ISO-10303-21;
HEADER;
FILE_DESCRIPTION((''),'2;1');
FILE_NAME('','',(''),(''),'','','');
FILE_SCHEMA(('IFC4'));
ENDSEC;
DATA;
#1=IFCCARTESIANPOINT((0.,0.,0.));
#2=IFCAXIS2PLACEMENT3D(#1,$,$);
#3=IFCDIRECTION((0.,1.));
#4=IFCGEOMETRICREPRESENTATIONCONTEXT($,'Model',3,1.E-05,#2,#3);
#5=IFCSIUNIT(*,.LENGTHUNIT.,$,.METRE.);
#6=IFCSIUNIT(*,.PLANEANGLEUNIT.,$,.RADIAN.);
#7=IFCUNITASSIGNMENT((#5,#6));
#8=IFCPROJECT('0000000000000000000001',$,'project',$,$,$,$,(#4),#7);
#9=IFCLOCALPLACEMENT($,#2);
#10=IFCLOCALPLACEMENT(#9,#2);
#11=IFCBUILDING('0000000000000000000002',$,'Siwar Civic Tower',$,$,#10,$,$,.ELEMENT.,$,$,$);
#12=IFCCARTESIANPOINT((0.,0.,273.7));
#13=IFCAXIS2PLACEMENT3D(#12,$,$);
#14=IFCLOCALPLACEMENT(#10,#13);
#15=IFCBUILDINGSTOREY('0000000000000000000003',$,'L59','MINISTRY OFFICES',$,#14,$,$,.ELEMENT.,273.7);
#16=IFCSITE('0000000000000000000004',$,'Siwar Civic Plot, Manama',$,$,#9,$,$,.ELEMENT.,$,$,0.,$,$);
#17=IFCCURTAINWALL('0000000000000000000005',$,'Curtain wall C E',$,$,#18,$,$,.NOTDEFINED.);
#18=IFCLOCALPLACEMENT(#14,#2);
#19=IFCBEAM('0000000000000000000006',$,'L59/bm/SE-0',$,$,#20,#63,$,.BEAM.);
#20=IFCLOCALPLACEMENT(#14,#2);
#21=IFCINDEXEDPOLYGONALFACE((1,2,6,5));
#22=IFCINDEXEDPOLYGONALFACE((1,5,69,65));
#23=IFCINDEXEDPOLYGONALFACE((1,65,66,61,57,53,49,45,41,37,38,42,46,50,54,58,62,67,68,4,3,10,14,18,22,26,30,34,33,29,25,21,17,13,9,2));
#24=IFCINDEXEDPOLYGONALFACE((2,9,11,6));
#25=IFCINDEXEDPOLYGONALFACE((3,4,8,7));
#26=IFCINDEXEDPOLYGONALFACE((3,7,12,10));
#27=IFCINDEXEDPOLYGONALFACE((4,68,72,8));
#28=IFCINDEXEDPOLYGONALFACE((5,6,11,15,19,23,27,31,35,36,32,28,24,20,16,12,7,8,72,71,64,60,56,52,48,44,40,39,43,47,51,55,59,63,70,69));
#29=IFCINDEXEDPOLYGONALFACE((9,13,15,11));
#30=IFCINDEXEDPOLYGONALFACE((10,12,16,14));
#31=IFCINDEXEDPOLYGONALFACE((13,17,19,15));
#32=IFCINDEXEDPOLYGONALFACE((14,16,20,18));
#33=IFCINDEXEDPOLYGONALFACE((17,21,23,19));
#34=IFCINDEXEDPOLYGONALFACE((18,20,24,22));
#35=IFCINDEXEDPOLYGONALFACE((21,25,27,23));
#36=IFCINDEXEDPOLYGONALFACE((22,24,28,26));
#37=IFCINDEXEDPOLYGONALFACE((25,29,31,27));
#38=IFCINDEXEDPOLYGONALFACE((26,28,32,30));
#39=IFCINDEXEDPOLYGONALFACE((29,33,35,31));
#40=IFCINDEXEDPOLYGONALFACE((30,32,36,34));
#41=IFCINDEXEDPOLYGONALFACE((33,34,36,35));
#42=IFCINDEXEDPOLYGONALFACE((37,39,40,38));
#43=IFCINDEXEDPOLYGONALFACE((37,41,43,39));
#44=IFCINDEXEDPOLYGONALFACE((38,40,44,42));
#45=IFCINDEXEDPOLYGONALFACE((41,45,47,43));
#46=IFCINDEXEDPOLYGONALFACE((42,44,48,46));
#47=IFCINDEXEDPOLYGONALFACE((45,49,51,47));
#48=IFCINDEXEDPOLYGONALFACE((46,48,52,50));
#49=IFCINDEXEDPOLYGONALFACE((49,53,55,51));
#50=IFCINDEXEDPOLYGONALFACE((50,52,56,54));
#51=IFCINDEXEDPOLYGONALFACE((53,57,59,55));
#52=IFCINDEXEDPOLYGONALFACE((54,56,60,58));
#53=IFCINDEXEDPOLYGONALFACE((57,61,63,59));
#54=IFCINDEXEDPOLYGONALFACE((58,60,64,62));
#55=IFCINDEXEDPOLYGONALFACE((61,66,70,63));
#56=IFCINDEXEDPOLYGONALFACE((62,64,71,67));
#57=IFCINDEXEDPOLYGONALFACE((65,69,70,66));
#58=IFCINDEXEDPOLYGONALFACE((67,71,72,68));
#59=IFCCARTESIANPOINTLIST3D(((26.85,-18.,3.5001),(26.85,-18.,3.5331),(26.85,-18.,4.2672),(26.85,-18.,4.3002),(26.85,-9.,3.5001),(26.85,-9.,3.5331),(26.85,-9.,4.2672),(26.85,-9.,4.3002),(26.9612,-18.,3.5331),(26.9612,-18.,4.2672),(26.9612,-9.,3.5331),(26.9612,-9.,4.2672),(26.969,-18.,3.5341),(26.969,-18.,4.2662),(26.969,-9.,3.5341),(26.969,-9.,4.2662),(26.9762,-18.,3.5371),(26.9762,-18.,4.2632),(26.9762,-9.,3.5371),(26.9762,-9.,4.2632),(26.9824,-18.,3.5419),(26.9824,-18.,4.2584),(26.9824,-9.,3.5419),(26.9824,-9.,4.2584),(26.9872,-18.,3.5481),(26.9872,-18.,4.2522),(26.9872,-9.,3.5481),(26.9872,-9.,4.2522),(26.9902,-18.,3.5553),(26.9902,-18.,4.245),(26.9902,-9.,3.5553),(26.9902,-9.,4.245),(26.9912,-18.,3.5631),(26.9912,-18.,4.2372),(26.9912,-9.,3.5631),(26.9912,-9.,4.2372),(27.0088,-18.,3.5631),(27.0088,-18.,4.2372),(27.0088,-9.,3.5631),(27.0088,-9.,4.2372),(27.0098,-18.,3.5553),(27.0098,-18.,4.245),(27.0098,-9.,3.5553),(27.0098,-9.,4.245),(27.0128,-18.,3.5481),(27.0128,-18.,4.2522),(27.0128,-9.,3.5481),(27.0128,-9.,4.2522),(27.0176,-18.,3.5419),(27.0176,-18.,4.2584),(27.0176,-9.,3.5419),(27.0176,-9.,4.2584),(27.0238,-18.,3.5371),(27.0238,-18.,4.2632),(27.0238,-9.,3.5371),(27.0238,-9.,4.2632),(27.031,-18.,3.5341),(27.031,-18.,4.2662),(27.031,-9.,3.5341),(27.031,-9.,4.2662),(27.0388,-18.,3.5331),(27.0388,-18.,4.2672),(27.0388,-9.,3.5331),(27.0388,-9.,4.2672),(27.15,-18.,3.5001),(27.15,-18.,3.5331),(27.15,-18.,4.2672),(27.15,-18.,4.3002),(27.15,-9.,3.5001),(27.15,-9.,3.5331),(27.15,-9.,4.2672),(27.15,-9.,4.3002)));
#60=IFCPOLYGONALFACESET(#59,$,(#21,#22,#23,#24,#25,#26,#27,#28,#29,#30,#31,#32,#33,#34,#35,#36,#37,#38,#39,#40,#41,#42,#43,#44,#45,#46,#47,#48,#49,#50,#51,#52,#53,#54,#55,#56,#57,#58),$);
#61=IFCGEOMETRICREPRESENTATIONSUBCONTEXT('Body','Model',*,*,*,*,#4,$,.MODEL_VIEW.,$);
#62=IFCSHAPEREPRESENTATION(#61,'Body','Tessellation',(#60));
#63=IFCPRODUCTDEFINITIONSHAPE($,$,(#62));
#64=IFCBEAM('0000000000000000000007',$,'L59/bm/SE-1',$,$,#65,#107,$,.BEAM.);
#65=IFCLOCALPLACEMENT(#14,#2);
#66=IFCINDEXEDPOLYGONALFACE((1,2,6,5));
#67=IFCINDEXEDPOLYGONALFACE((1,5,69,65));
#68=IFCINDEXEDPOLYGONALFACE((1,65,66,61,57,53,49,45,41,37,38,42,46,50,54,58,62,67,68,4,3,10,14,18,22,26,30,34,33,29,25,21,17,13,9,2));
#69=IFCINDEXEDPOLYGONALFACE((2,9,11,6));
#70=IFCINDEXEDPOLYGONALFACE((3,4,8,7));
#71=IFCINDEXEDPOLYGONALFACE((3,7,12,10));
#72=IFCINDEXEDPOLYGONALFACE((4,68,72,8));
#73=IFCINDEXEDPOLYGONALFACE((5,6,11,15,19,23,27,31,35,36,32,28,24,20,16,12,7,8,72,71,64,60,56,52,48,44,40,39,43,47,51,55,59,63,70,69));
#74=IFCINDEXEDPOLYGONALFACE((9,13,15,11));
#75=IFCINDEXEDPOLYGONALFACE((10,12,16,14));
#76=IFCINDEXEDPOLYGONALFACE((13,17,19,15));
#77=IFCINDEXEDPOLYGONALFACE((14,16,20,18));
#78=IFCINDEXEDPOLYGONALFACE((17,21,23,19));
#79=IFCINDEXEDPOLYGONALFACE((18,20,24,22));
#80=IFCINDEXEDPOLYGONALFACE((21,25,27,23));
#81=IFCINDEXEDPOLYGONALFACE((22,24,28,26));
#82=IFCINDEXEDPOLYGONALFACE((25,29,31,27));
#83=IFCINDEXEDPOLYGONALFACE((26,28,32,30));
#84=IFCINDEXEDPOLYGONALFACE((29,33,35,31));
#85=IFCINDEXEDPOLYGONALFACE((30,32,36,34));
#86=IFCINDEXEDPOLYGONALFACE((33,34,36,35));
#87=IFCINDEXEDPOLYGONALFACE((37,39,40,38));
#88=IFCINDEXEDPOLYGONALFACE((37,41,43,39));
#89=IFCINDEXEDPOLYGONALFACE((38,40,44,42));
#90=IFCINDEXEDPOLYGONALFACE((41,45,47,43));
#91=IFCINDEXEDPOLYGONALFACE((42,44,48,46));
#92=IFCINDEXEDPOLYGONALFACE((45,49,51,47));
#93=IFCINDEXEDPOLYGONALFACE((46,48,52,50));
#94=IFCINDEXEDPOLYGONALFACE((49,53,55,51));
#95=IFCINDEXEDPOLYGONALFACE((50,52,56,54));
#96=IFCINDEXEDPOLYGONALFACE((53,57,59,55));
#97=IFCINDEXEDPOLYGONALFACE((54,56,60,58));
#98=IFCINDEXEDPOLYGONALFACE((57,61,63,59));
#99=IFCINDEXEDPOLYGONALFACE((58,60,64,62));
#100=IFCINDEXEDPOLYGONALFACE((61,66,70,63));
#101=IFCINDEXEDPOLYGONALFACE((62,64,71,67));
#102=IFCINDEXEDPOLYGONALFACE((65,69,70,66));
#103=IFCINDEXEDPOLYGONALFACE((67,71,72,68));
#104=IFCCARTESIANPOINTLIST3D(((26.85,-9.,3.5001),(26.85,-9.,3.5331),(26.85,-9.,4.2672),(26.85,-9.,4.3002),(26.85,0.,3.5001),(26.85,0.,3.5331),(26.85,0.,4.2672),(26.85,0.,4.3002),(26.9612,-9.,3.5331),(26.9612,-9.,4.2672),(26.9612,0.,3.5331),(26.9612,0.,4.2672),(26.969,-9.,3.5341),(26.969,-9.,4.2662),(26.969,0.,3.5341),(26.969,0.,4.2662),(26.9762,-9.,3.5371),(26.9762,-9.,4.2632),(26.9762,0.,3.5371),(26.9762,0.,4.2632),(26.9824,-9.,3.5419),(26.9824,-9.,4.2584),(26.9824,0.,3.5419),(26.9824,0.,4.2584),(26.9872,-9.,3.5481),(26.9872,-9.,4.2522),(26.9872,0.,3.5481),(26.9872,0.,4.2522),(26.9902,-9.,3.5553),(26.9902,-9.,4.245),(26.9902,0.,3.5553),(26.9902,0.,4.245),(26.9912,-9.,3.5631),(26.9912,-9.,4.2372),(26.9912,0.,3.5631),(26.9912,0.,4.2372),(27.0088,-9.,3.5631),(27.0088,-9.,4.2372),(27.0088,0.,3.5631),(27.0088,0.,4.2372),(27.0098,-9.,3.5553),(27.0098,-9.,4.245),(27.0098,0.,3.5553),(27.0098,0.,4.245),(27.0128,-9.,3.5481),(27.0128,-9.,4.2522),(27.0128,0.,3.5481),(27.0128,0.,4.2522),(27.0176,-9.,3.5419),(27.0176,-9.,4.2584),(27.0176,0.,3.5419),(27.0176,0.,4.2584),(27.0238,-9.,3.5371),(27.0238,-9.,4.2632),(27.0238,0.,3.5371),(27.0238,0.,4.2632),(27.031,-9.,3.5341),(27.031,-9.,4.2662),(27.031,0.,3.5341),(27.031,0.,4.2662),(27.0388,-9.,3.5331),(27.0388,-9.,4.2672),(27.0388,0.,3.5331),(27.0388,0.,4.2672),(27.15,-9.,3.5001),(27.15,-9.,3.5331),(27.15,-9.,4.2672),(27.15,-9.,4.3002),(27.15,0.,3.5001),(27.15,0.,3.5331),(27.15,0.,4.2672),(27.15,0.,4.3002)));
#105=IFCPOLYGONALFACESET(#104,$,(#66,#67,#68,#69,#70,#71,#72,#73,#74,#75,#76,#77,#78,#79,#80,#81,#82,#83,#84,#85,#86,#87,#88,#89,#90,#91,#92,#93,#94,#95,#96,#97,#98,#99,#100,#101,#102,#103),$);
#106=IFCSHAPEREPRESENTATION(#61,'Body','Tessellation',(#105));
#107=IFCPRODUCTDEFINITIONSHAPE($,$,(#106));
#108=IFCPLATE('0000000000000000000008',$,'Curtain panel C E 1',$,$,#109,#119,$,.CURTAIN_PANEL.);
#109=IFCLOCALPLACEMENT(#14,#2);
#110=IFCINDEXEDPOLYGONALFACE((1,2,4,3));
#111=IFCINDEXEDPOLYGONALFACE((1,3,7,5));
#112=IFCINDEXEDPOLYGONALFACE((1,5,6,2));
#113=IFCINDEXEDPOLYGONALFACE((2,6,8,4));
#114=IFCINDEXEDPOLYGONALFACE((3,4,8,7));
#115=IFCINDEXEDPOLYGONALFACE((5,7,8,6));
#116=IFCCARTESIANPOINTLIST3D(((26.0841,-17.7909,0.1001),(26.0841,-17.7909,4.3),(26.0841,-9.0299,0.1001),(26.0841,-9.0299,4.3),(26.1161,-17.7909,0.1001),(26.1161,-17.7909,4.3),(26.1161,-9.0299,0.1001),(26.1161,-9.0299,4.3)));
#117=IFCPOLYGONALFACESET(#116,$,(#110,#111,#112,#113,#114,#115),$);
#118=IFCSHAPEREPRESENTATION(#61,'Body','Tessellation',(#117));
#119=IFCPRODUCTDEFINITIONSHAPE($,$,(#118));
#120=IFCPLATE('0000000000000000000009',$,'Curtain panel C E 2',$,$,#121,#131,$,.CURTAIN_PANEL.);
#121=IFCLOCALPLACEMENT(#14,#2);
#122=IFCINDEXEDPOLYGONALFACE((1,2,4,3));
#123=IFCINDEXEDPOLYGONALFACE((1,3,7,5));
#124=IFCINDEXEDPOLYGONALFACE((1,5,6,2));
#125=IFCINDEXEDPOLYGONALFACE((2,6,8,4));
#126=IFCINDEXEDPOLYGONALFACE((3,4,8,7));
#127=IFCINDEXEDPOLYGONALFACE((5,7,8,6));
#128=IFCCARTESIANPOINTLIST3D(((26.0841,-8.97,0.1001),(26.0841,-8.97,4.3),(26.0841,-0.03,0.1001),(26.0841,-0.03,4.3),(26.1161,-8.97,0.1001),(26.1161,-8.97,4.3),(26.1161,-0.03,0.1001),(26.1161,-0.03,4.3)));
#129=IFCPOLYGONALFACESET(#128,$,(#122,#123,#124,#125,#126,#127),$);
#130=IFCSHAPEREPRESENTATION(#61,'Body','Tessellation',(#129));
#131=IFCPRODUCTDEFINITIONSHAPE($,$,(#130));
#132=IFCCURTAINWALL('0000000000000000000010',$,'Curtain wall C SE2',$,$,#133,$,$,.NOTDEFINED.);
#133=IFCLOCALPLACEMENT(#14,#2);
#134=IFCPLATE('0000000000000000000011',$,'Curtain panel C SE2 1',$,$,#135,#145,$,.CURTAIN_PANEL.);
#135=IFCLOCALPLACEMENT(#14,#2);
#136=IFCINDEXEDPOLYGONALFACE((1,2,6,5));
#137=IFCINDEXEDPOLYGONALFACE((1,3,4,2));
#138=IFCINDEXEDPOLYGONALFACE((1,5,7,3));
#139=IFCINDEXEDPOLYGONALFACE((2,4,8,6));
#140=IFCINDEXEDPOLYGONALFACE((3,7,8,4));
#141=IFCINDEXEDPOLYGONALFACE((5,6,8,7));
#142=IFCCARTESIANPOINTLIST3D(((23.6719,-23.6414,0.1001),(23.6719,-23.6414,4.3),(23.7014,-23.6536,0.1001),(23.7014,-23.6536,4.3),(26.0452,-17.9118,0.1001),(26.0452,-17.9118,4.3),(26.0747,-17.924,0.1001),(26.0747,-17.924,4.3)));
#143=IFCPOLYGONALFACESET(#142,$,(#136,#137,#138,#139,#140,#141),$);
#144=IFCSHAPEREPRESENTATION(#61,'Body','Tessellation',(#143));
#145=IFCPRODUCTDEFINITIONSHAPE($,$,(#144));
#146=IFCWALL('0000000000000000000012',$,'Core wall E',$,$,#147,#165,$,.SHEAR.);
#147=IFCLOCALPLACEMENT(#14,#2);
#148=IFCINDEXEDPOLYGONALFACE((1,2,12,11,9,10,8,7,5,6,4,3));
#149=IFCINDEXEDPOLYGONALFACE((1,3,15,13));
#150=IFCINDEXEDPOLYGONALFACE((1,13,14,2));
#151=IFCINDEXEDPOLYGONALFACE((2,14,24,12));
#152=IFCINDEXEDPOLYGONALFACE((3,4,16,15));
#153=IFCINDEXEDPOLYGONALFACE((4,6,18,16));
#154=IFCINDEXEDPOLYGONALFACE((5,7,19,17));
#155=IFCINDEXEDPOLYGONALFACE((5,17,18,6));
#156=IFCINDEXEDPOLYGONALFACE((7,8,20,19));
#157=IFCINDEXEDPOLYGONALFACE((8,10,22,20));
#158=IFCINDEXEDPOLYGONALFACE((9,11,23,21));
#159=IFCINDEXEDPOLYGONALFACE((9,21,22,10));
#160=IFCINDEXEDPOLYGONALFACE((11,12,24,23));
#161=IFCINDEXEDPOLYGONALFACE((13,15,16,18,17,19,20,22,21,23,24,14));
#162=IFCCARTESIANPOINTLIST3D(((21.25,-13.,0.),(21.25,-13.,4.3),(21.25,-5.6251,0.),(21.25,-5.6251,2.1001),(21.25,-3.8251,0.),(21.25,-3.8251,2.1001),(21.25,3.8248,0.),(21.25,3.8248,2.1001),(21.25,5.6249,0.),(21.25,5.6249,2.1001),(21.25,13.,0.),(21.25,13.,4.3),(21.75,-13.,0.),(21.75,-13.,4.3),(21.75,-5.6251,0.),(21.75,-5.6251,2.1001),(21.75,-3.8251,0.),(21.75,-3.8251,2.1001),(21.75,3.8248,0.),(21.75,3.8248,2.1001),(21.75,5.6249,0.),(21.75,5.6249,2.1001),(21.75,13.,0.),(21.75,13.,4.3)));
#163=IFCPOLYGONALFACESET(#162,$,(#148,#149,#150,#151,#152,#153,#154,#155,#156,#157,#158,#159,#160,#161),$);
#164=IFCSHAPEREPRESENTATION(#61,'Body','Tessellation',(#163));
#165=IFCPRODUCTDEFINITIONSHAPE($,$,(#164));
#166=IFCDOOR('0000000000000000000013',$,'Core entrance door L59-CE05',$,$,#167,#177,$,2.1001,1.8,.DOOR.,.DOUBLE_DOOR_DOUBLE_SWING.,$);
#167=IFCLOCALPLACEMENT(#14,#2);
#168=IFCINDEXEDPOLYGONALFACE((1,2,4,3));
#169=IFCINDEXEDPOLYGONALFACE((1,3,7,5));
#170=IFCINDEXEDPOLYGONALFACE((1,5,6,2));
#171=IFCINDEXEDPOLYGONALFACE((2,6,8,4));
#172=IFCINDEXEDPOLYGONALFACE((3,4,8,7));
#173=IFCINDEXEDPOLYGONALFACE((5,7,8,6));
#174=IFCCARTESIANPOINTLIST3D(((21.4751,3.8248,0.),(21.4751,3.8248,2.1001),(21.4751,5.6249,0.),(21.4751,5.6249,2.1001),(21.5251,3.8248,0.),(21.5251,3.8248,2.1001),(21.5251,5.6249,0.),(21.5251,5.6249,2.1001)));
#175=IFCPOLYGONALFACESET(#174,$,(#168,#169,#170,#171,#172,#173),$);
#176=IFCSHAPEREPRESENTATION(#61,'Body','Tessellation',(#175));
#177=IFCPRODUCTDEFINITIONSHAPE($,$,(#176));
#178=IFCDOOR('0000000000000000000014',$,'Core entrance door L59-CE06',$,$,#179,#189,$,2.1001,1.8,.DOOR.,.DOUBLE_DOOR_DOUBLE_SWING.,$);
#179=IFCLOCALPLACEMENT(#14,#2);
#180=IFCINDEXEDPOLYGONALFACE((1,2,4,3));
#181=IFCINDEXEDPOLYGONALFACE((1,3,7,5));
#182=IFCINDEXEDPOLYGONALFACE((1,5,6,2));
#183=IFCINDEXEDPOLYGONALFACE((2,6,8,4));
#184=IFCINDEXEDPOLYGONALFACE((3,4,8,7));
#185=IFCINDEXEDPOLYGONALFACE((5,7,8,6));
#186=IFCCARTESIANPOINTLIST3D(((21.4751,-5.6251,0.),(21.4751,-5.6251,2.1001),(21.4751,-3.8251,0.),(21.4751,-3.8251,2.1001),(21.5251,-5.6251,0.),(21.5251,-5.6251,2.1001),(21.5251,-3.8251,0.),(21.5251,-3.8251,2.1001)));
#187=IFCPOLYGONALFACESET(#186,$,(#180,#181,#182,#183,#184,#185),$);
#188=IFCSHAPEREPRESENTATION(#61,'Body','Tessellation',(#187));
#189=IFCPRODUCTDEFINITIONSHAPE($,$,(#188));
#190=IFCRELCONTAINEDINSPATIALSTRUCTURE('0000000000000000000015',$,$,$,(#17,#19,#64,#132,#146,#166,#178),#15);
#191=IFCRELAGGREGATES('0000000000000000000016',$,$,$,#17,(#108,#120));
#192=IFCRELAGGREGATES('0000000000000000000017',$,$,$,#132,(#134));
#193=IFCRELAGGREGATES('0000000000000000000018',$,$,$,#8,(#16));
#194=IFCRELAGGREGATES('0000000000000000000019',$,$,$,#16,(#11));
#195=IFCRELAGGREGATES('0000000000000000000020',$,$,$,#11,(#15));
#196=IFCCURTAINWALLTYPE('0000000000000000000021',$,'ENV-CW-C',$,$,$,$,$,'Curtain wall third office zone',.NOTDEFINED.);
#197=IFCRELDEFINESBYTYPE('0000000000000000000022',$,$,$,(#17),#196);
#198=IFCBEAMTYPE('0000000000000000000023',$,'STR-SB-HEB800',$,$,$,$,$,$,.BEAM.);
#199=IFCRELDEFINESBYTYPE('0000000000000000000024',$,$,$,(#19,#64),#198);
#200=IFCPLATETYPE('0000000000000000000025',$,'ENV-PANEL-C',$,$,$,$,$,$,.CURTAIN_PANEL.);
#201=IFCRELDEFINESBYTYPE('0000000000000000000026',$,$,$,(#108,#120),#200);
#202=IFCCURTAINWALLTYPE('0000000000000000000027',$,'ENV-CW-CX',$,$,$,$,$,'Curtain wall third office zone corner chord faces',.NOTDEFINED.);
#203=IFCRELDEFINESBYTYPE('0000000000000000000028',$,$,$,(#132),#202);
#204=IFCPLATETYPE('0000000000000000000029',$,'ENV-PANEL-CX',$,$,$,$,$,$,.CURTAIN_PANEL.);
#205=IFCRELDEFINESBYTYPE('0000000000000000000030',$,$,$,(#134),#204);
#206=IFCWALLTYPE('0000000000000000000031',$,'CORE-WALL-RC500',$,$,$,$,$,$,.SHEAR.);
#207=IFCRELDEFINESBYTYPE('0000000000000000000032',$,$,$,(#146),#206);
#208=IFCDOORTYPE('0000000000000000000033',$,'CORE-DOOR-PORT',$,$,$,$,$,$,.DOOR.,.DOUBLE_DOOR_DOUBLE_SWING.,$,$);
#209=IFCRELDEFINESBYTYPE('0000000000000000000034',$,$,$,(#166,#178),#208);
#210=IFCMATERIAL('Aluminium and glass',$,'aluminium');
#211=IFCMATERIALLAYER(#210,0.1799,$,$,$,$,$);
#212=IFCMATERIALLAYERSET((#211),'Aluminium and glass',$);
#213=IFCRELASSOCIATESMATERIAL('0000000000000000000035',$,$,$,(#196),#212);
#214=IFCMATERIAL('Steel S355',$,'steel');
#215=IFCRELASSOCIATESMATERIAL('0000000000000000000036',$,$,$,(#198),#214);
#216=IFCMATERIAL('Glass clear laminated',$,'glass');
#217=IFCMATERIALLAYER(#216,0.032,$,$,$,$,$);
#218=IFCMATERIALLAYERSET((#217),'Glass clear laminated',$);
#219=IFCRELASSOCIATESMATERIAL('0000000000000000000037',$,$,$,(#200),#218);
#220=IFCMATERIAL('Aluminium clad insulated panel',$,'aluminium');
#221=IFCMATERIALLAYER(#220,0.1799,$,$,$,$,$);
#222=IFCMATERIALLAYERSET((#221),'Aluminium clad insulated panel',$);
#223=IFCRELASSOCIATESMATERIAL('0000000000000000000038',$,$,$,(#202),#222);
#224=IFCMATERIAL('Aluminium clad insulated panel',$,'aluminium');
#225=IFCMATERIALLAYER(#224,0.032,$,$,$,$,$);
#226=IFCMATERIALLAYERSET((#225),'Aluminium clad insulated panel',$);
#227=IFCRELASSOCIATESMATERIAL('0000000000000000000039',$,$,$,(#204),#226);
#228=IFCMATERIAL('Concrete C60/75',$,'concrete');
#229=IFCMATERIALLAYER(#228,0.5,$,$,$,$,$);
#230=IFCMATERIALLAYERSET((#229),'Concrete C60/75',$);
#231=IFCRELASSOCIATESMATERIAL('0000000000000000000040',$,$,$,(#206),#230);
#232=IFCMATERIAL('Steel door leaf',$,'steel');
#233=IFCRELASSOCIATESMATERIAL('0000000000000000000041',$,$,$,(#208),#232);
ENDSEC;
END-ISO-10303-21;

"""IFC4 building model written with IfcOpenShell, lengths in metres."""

from ifc_helpers import new_model, si_unit, direction, frame, frame_2d, origin, origin_2d, place, context, subcontext, project, spatial, rectangle, i_section, extrude, material, layer, layer_set, material_profile, profile_set, type_object, element, fill, aggregate, save


model = new_model("IFC4")

# Units and contexts
model_context = context("Model", 3, precision=1e-05, world=origin(), true_north=direction((0.0, 1.0)))
body_context = subcontext(model_context, "Body", "Model", "MODEL_VIEW")
ifc_project = project(units=[si_unit("LENGTHUNIT", "METRE"), si_unit("PLANEANGLEUNIT", "RADIAN")], contexts=[model_context])

# Site, building, storey
site_placement = place(None, origin())
site = spatial("IfcSite", under=ifc_project, at=site_placement, Name="Siwar Civic Plot, Manama", CompositionType="ELEMENT", RefElevation=0.0)
building_placement = place(site_placement, origin())
building = spatial("IfcBuilding", under=site, at=building_placement, Name="Siwar Civic Tower", CompositionType="ELEMENT")
storey_placement = place(building_placement, frame((0.0, 0.0, 273.7)))
storey = spatial("IfcBuildingStorey", under=building, at=storey_placement, Name="L59", Description="MINISTRY OFFICES", CompositionType="ELEMENT", Elevation=273.7)

# Curtain wall
ifc_material_1 = material(Name="Aluminium and glass", Category="aluminium")
ifc_layer_1 = layer(ifc_material_1, 0.1799)
ifc_layer_set_1 = layer_set([ifc_layer_1], Name="Aluminium and glass")
curtain_wall_type_1 = type_object("IfcCurtainWallType", Name="ENV-CW-C", ElementType="Curtain wall third office zone", PredefinedType="NOTDEFINED", material=ifc_layer_set_1)
curtain_wall_1_placement = place(storey_placement, origin())
curtain_wall_1 = element("IfcCurtainWall", 1, at=curtain_wall_1_placement, inside=storey, type_object=curtain_wall_type_1, Name="Curtain wall C E", PredefinedType="NOTDEFINED")

# Beams
ifc_material_2 = material(Name="Steel S355", Category="steel")
ifc_material_profile_1 = material_profile(ifc_material_2, i_section(OverallWidth=0.3, OverallDepth=0.8, WebThickness=0.0176, FlangeThickness=0.033, FilletRadius=0.03, at=origin_2d()), Name="HEB800")
ifc_profile_set_1 = profile_set([ifc_material_profile_1], Name="Steel S355")
beam_type_1 = type_object("IfcBeamType", Name="STR-SB-HEB800", PredefinedType="BEAM", material=ifc_profile_set_1)
for number, where, z_axis, x_axis, name in (
    (2, (27.0, -18.0, 3.9001), (0.0, 1.0, 0.0), (-1.0, 0.0, 0.0), "L59/bm/SE-0"),
    (3, (27.0, -9.0, 3.9001), (0.0, 1.0, 0.0), (-1.0, 0.0, 0.0), "L59/bm/SE-1"),
):
    element("IfcBeam", number, at=place(storey_placement, frame(where, z_axis=z_axis, x_axis=x_axis)), inside=storey, type_object=beam_type_1, Name=name, PredefinedType="BEAM", context=body_context, shape_type="SweptSolid", body=[
        extrude(i_section(OverallWidth=0.3, OverallDepth=0.8, WebThickness=0.0176, FlangeThickness=0.033, FilletRadius=0.03, at=origin_2d()), origin(), (0.0, 0.0, 1.0), 9.0),
    ])

# Plates
ifc_material_3 = material(Name="Glass clear laminated", Category="glass")
ifc_layer_2 = layer(ifc_material_3, 0.032)
ifc_layer_set_2 = layer_set([ifc_layer_2], Name="Glass clear laminated")
plate_type_1 = type_object("IfcPlateType", Name="ENV-PANEL-C", PredefinedType="CURTAIN_PANEL", material=ifc_layer_set_2)
plate_1_placement = place(storey_placement, frame((26.1001, -13.4104, 0.1001), z_axis=(0.0, 0.0, 1.0), x_axis=(0.0, 1.0, 0.0)))
plate_1 = element("IfcPlate", 4, at=plate_1_placement, type_object=plate_type_1, Name="Curtain panel C E 1", PredefinedType="CURTAIN_PANEL", context=body_context, shape_type="SweptSolid", body=[
    extrude(rectangle(XDim=8.761, YDim=0.032, at=origin_2d()), origin(), (0.0, 0.0, 1.0), 4.2),
])
plate_2_placement = place(storey_placement, frame((26.1001, -4.5, 0.1001), z_axis=(0.0, 0.0, 1.0), x_axis=(0.0, 1.0, 0.0)))
plate_2 = element("IfcPlate", 5, at=plate_2_placement, type_object=plate_type_1, Name="Curtain panel C E 2", PredefinedType="CURTAIN_PANEL", context=body_context, shape_type="SweptSolid", body=[
    extrude(rectangle(XDim=8.9399, YDim=0.032, at=origin_2d()), origin(), (0.0, 0.0, 1.0), 4.2),
])
aggregate(curtain_wall_1, [plate_1, plate_2])

# Curtain wall, plate
ifc_material_4 = material(Name="Aluminium clad insulated panel", Category="aluminium")
ifc_layer_3 = layer(ifc_material_4, 0.1799)
ifc_layer_set_3 = layer_set([ifc_layer_3], Name="Aluminium clad insulated panel")
curtain_wall_type_2 = type_object("IfcCurtainWallType", Name="ENV-CW-CX", ElementType="Curtain wall third office zone corner chord faces", PredefinedType="NOTDEFINED", material=ifc_layer_set_3)
curtain_wall_2_placement = place(storey_placement, origin())
curtain_wall_2 = element("IfcCurtainWall", 6, at=curtain_wall_2_placement, inside=storey, type_object=curtain_wall_type_2, Name="Curtain wall C SE2", PredefinedType="NOTDEFINED")
ifc_material_5 = material(Name="Aluminium clad insulated panel", Category="aluminium")
ifc_layer_4 = layer(ifc_material_5, 0.032)
ifc_layer_set_4 = layer_set([ifc_layer_4], Name="Aluminium clad insulated panel")
plate_type_2 = type_object("IfcPlateType", Name="ENV-PANEL-CX", PredefinedType="CURTAIN_PANEL", material=ifc_layer_set_4)
plate_3_placement = place(storey_placement, frame((24.8733, -20.7827, 0.1001), z_axis=(0.0, 0.0, 1.0), x_axis=(0.382683, 0.92388, 0.0)))
plate_3 = element("IfcPlate", 7, at=plate_3_placement, type_object=plate_type_2, Name="Curtain panel C SE2 1", PredefinedType="CURTAIN_PANEL", context=body_context, shape_type="SweptSolid", body=[
    extrude(rectangle(XDim=6.2017, YDim=0.032, at=origin_2d()), origin(), (0.0, 0.0, 1.0), 4.2),
])
aggregate(curtain_wall_2, [plate_3])

# Wall, openings, doors
ifc_material_6 = material(Name="Concrete C60/75", Category="concrete")
ifc_layer_5 = layer(ifc_material_6, 0.5)
ifc_layer_set_5 = layer_set([ifc_layer_5], Name="Concrete C60/75")
wall_type_1 = type_object("IfcWallType", Name="CORE-WALL-RC500", PredefinedType="SHEAR", material=ifc_layer_set_5)
wall_1_placement = place(storey_placement, frame((21.5, -13.0, 0.0), z_axis=(0.0, 0.0, 1.0), x_axis=(0.0, 1.0, 0.0)))
wall_1 = element("IfcWall", 8, at=wall_1_placement, inside=storey, type_object=wall_type_1, Name="Core wall E", PredefinedType="SHEAR", context=body_context, shape_type="SweptSolid", body=[
    extrude(rectangle(XDim=26.0, YDim=0.5, at=frame_2d((13.0, 0.0))), origin(), (0.0, 0.0, 1.0), 4.3),
])
opening_1_placement = place(wall_1_placement, frame((16.825, 0.0, 0.0)))
opening_1 = element("IfcOpeningElement", 9, at=opening_1_placement, cuts=wall_1, PredefinedType="OPENING", context=body_context, shape_type="SweptSolid", body=[
    extrude(rectangle(XDim=1.8, YDim=2.1001, at=frame_2d((0.8999, 1.05))), frame((0.0, 0.26, 0.0), z_axis=(0.0, -1.0, 0.0), x_axis=(1.0, 0.0, 0.0)), (0.0, 0.0, 1.0), 0.52),
])
opening_2_placement = place(wall_1_placement, frame((7.375, 0.0, 0.0)))
opening_2 = element("IfcOpeningElement", 10, at=opening_2_placement, cuts=wall_1, PredefinedType="OPENING", context=body_context, shape_type="SweptSolid", body=[
    extrude(rectangle(XDim=1.8, YDim=2.1001, at=frame_2d((0.8999, 1.05))), frame((0.0, 0.26, 0.0), z_axis=(0.0, -1.0, 0.0), x_axis=(1.0, 0.0, 0.0)), (0.0, 0.0, 1.0), 0.52),
])
ifc_material_7 = material(Name="Steel door leaf", Category="steel")
door_type_1 = type_object("IfcDoorType", Name="CORE-DOOR-PORT", OperationType="DOUBLE_DOOR_DOUBLE_SWING", PredefinedType="DOOR", material=ifc_material_7)
door_1_placement = place(opening_1_placement, origin())
door_1 = element("IfcDoor", 11, at=door_1_placement, inside=storey, type_object=door_type_1, Name="Core entrance door L59-CE05", OperationType="DOUBLE_DOOR_DOUBLE_SWING", OverallHeight=2.1001, OverallWidth=1.8, PredefinedType="DOOR", context=body_context, shape_type="SweptSolid", body=[
    extrude(rectangle(XDim=1.8, YDim=2.1001, at=frame_2d((0.8999, 1.05))), frame((0.0, 0.0249, 0.0), z_axis=(0.0, -1.0, 0.0), x_axis=(1.0, 0.0, 0.0)), (0.0, 0.0, 1.0), 0.05),
])
fill(opening_1, door_1)
door_2_placement = place(opening_2_placement, origin())
door_2 = element("IfcDoor", 12, at=door_2_placement, inside=storey, type_object=door_type_1, Name="Core entrance door L59-CE06", OperationType="DOUBLE_DOOR_DOUBLE_SWING", OverallHeight=2.1001, OverallWidth=1.8, PredefinedType="DOOR", context=body_context, shape_type="SweptSolid", body=[
    extrude(rectangle(XDim=1.8, YDim=2.1001, at=frame_2d((0.8999, 1.05))), frame((0.0, 0.0249, 0.0), z_axis=(0.0, -1.0, 0.0), x_axis=(1.0, 0.0, 0.0)), (0.0, 0.0, 1.0), 0.05),
])
fill(opening_2, door_2)

save(model, "model.ifc")
